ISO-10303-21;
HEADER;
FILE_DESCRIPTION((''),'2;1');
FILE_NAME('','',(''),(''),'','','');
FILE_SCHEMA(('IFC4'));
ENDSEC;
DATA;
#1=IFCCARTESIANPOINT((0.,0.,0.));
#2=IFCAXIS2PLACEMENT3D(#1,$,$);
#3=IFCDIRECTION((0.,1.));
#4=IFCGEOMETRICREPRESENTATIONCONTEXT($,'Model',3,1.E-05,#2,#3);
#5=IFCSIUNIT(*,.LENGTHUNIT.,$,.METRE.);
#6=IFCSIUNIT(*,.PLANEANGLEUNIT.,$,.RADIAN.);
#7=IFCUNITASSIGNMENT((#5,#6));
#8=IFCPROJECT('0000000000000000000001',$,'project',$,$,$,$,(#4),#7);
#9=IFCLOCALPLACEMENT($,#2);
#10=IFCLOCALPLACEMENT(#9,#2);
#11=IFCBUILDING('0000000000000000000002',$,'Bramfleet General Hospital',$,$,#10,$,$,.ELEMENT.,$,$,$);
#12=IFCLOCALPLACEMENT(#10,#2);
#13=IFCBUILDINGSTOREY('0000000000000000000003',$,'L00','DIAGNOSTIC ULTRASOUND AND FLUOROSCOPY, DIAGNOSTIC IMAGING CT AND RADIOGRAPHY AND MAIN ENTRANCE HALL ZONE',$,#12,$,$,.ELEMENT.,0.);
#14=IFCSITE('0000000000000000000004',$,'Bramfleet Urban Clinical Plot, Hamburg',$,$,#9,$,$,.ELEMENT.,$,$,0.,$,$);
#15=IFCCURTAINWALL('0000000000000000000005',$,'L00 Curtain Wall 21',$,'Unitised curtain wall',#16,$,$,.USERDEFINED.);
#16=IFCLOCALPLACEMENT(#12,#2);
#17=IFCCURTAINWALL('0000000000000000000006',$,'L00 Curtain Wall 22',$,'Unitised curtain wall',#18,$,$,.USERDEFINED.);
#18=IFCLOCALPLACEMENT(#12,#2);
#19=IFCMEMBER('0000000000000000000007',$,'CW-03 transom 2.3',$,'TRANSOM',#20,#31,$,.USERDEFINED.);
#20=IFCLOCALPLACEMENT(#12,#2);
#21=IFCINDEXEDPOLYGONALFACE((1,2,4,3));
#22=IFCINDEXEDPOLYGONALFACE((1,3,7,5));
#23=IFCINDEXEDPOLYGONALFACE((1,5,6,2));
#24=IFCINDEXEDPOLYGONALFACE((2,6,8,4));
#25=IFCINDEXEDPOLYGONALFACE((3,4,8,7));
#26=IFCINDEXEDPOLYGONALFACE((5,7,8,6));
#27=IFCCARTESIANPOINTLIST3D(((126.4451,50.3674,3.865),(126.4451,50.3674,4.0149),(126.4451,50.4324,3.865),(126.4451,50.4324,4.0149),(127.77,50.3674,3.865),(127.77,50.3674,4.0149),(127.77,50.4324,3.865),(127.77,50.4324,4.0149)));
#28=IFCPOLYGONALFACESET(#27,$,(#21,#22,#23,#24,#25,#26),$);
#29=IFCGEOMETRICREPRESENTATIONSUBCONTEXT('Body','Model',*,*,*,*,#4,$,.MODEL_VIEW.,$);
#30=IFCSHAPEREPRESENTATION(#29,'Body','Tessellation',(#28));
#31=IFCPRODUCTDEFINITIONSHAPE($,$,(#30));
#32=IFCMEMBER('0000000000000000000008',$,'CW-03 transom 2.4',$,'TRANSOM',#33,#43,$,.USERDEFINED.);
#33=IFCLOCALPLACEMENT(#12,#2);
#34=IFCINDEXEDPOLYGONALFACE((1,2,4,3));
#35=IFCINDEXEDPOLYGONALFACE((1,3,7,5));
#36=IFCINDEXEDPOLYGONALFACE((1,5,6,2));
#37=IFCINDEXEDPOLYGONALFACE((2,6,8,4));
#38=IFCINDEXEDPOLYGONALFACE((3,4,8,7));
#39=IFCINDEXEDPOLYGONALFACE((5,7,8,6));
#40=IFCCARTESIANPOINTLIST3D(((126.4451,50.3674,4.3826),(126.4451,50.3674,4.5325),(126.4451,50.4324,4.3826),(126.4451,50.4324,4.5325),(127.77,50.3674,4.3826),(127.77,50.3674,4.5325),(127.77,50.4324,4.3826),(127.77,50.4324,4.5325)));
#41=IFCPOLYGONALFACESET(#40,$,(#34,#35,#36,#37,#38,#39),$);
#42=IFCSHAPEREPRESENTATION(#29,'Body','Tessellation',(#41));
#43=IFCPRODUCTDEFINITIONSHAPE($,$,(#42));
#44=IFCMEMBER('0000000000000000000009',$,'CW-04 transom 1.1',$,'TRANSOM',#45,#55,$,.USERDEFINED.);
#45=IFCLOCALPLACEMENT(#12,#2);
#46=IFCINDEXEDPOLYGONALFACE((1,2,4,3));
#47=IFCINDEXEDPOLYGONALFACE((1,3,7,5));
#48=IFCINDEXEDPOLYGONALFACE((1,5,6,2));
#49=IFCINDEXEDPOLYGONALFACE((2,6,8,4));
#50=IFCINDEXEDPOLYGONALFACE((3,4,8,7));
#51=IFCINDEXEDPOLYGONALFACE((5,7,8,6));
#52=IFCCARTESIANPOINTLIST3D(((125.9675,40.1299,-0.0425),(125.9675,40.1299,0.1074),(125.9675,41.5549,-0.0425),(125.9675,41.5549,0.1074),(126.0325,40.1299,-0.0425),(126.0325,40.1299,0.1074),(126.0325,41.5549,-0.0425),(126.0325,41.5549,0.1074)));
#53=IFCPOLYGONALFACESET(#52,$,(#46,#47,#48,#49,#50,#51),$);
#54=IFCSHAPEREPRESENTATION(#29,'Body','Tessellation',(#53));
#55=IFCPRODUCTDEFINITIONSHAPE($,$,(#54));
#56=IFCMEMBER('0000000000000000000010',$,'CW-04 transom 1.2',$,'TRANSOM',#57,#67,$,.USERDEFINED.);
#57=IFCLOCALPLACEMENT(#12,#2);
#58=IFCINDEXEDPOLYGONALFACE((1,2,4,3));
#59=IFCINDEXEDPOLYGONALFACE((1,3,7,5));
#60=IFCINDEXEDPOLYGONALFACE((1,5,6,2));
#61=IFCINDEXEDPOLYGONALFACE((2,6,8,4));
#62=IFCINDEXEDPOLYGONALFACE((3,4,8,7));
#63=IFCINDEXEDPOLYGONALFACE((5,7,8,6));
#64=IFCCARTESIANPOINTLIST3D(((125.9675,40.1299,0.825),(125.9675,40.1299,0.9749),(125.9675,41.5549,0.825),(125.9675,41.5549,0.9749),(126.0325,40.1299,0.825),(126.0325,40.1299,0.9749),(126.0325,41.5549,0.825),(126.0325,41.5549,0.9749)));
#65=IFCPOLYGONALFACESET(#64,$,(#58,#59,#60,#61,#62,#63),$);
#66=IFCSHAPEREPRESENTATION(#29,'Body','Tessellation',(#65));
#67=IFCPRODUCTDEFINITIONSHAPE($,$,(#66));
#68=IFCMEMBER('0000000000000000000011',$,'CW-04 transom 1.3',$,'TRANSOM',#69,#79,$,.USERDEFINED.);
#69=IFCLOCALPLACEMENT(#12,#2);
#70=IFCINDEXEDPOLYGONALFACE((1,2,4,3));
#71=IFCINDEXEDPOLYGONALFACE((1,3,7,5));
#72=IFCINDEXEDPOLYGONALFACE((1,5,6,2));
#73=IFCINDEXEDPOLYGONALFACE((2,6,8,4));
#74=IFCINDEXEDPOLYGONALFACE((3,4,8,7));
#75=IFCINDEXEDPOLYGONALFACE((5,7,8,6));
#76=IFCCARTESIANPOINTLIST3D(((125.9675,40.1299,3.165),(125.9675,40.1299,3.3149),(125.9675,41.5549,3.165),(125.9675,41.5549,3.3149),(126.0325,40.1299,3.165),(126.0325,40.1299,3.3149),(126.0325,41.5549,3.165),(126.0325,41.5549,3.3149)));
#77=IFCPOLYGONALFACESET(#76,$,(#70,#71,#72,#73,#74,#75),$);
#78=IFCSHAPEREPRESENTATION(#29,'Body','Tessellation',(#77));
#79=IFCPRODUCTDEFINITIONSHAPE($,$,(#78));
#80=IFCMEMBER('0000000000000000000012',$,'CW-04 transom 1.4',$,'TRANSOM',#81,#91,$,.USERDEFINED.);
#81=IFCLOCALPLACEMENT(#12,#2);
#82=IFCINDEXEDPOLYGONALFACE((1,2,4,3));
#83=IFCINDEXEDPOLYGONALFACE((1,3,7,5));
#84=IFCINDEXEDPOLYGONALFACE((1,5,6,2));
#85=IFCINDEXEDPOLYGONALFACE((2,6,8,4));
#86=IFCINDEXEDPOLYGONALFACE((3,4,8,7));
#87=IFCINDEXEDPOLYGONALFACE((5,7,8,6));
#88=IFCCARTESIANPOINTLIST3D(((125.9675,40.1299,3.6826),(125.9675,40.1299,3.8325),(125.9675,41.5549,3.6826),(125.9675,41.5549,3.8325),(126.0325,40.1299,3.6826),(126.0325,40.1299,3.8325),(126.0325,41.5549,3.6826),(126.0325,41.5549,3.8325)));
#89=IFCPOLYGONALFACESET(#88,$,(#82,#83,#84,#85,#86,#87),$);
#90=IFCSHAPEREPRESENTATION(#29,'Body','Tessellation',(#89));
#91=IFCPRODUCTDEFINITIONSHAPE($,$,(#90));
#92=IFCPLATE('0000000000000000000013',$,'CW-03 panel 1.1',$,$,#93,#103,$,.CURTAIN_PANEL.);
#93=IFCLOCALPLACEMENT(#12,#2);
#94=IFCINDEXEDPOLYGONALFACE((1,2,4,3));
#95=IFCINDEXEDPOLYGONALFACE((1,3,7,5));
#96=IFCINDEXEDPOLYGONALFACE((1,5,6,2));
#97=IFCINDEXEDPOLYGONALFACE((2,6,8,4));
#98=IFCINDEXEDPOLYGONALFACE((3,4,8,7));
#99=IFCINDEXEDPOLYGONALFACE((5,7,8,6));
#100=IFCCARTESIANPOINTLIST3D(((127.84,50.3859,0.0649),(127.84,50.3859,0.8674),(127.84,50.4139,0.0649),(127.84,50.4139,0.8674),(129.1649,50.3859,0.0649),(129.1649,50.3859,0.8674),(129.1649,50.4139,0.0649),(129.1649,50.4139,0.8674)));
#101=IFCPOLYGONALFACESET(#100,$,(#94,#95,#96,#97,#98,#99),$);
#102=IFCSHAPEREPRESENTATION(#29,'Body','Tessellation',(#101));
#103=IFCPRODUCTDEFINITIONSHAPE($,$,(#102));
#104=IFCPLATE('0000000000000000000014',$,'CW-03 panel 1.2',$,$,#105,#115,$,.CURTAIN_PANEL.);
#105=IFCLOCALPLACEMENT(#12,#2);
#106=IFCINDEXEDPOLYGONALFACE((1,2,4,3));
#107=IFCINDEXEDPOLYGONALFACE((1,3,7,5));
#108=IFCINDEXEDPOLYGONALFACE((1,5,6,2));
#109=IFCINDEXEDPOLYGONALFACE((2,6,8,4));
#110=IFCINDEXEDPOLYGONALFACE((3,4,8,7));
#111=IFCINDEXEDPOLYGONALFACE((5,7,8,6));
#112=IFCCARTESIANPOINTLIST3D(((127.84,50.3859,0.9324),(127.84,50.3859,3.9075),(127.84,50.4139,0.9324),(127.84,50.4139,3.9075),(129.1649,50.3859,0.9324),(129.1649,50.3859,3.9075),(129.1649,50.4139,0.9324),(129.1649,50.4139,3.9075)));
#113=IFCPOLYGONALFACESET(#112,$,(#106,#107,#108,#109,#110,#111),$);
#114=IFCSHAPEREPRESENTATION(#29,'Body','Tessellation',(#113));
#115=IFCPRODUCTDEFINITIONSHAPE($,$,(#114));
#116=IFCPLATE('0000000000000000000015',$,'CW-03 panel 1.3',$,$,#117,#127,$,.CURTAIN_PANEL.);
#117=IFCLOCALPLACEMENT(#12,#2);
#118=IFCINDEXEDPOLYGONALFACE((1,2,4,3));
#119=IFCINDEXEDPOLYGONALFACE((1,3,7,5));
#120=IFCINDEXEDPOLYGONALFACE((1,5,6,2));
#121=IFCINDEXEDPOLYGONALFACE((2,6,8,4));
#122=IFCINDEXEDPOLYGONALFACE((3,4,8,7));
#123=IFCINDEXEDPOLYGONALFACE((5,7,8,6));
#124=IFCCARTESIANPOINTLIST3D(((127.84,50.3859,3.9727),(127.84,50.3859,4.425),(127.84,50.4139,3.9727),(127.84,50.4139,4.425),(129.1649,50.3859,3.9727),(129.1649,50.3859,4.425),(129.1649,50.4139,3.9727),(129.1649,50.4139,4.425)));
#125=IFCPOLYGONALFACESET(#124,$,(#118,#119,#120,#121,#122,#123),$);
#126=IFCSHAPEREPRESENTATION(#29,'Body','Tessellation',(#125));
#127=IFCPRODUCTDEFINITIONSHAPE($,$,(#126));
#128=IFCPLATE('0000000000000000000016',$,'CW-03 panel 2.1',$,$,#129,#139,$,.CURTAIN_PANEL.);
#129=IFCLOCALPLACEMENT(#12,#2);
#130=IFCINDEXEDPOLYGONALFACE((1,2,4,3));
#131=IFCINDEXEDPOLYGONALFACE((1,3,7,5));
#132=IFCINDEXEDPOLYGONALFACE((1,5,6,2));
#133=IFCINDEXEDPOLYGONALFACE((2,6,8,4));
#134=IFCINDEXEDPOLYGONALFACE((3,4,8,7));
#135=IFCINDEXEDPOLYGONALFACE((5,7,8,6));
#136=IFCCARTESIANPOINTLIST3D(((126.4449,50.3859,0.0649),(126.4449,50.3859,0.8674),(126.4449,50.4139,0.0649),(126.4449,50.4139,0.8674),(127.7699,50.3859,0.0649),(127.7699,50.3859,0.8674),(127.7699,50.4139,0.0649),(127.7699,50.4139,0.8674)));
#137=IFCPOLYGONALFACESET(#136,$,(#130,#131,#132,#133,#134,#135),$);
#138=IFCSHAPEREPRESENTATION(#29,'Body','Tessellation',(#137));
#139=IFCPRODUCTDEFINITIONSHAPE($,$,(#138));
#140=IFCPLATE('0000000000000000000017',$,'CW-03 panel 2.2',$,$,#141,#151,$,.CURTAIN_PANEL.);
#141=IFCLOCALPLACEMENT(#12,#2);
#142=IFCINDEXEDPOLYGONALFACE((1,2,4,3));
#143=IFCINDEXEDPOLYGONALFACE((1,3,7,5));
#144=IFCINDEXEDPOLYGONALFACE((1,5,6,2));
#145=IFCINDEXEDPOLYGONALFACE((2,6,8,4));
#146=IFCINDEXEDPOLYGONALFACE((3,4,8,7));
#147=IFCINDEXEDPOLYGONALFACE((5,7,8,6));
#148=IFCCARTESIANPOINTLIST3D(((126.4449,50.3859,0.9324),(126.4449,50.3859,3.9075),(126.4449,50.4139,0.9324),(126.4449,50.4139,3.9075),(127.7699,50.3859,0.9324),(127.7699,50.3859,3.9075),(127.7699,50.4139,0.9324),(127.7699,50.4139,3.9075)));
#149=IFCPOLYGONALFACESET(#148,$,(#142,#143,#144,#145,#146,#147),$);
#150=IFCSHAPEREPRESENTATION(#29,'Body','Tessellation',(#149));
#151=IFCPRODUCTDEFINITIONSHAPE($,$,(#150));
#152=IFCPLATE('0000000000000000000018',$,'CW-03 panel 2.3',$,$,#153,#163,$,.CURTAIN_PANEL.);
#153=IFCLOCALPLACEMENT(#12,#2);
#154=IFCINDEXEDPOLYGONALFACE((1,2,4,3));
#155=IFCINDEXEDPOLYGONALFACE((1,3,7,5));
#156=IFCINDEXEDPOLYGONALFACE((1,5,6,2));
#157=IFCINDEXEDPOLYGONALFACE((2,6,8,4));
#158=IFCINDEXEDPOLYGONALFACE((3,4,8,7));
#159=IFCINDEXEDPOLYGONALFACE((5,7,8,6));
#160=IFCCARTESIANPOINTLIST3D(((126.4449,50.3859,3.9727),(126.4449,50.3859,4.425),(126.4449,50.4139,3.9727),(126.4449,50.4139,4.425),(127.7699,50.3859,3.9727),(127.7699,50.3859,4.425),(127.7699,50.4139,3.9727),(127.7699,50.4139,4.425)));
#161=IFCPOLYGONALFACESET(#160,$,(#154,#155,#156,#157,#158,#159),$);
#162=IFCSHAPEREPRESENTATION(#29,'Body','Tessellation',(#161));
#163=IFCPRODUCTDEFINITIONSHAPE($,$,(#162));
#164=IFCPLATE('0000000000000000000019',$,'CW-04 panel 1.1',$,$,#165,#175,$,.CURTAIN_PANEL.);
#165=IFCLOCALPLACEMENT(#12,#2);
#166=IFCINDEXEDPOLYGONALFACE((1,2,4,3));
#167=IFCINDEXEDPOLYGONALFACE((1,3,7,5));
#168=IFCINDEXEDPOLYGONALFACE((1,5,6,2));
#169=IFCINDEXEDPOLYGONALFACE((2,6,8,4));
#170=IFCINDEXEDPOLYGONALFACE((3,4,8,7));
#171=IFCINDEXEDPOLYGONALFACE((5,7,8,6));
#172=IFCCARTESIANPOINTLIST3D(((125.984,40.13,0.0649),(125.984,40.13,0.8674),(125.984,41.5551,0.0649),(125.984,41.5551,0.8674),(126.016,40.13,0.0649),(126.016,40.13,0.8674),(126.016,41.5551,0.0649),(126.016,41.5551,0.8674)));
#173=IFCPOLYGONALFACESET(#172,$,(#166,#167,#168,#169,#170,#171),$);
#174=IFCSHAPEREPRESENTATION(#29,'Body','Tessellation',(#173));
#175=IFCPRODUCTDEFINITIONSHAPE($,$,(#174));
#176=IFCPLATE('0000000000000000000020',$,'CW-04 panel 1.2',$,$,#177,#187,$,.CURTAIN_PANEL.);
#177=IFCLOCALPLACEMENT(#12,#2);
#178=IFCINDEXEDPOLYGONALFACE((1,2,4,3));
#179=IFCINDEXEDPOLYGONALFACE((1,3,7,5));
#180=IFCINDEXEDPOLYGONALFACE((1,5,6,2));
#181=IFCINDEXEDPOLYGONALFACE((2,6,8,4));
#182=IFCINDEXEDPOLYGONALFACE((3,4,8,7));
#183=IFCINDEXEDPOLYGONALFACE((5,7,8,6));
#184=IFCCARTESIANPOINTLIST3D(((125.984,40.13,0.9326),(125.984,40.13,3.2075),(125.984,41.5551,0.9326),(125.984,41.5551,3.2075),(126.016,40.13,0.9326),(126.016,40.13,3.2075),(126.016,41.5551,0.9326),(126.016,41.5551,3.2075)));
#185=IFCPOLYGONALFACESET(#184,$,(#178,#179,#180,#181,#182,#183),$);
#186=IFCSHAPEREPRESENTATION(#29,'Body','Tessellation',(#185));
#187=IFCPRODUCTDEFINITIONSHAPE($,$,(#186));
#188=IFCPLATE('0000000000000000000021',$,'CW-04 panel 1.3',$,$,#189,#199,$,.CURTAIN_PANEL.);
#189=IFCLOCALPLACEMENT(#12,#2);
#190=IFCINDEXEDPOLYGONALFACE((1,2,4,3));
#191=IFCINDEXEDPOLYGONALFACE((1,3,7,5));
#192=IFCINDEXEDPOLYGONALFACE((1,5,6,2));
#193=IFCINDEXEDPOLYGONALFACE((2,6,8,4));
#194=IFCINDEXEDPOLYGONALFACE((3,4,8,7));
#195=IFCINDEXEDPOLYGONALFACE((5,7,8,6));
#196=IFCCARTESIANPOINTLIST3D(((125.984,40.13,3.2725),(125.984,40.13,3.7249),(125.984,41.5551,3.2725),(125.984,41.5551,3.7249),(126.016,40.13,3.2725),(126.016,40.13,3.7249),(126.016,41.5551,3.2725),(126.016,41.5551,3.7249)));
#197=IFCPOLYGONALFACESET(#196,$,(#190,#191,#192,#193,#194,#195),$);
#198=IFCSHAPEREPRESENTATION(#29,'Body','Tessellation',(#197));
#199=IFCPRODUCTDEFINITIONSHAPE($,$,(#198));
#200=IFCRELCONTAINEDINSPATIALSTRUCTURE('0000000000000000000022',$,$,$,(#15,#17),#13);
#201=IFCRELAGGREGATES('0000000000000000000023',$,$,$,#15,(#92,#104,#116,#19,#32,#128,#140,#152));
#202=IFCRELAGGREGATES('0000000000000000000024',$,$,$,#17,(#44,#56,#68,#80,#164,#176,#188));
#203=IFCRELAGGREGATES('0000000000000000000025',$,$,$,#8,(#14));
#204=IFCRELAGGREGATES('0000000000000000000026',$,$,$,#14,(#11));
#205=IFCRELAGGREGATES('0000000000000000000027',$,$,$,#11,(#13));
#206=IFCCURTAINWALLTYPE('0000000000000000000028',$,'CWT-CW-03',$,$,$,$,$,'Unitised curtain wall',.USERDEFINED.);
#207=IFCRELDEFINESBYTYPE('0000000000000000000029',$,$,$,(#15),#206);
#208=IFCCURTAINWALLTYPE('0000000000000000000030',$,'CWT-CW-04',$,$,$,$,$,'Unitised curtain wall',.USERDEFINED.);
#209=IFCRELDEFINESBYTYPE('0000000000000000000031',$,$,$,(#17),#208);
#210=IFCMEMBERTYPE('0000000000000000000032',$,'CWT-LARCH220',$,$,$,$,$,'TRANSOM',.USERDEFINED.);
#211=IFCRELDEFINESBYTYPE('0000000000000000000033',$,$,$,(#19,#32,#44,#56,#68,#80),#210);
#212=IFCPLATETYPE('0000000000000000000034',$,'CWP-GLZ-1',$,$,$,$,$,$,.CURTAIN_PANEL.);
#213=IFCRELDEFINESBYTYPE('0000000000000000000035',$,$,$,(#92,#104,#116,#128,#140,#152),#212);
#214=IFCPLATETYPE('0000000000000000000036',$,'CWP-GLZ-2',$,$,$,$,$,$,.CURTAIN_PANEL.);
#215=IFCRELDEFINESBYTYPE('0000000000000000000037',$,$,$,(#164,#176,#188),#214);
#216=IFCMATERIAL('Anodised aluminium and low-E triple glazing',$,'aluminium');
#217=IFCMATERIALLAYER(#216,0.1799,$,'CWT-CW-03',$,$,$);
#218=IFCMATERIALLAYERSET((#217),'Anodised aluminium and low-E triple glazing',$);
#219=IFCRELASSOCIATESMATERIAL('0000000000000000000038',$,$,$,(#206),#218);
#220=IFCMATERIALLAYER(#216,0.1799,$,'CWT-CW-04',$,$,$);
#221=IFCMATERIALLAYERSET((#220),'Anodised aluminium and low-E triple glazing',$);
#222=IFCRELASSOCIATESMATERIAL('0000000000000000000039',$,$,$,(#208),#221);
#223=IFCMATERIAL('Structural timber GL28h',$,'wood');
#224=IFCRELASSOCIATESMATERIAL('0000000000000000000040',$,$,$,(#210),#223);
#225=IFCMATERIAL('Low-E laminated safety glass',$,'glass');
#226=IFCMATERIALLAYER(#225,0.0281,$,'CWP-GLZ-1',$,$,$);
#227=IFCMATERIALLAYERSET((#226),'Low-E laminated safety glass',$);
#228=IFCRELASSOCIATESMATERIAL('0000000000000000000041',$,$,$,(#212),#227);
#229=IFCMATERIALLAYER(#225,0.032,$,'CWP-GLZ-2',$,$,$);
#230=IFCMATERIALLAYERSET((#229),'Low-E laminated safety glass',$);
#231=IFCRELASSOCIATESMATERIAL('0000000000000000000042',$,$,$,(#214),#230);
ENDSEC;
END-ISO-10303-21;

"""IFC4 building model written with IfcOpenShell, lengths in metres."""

from ifc_helpers import new_model, si_unit, direction, frame, origin, origin_2d, place, context, subcontext, project, spatial, rectangle, extrude, material, layer, layer_set, material_profile, profile_set, type_object, element, aggregate, save


model = new_model("IFC4")

# Units and contexts
model_context = context("Model", 3, precision=1e-05, world=origin(), true_north=direction((0.0, 1.0)))
body_context = subcontext(model_context, "Body", "Model", "MODEL_VIEW")
ifc_project = project(units=[si_unit("LENGTHUNIT", "METRE"), si_unit("PLANEANGLEUNIT", "RADIAN")], contexts=[model_context])

# Site, building, storey
site_placement = place(None, origin())
site = spatial("IfcSite", under=ifc_project, at=site_placement, Name="Bramfleet Urban Clinical Plot, Hamburg", CompositionType="ELEMENT", RefElevation=0.0)
building_placement = place(site_placement, origin())
building = spatial("IfcBuilding", under=site, at=building_placement, Name="Bramfleet General Hospital", CompositionType="ELEMENT")
storey_placement = place(building_placement, origin())
storey = spatial("IfcBuildingStorey", under=building, at=storey_placement, Name="L00", Description="DIAGNOSTIC ULTRASOUND AND FLUOROSCOPY, DIAGNOSTIC IMAGING CT AND RADIOGRAPHY AND MAIN ENTRANCE HALL ZONE", CompositionType="ELEMENT", Elevation=0.0)

# Shared definitions
ifc_material_1 = material(Name="Anodised aluminium and low-E triple glazing", Category="aluminium")
ifc_material_2 = material(Name="Structural timber GL28h", Category="wood")

# Curtain wall
ifc_layer_1 = layer(ifc_material_1, 0.1799, Name="CWT-CW-03")
ifc_layer_set_1 = layer_set([ifc_layer_1], Name="Anodised aluminium and low-E triple glazing")
curtain_wall_type_1 = type_object("IfcCurtainWallType", Name="CWT-CW-03", ElementType="Unitised curtain wall", PredefinedType="USERDEFINED", material=ifc_layer_set_1)
curtain_wall_1_placement = place(storey_placement, origin())
curtain_wall_1 = element("IfcCurtainWall", 1, at=curtain_wall_1_placement, inside=storey, type_object=curtain_wall_type_1, Name="L00 Curtain Wall 21", ObjectType="Unitised curtain wall", PredefinedType="USERDEFINED")

# Curtain wall
ifc_layer_2 = layer(ifc_material_1, 0.1799, Name="CWT-CW-04")
ifc_layer_set_2 = layer_set([ifc_layer_2], Name="Anodised aluminium and low-E triple glazing")
curtain_wall_type_2 = type_object("IfcCurtainWallType", Name="CWT-CW-04", ElementType="Unitised curtain wall", PredefinedType="USERDEFINED", material=ifc_layer_set_2)
curtain_wall_2_placement = place(storey_placement, origin())
curtain_wall_2 = element("IfcCurtainWall", 2, at=curtain_wall_2_placement, inside=storey, type_object=curtain_wall_type_2, Name="L00 Curtain Wall 22", ObjectType="Unitised curtain wall", PredefinedType="USERDEFINED")

# Members
ifc_material_profile_1 = material_profile(ifc_material_2, rectangle(XDim=0.0649, YDim=0.1499, at=origin_2d()), Name="LARCH 150x65")
ifc_profile_set_1 = profile_set([ifc_material_profile_1], Name="Structural timber GL28h")
member_type_1 = type_object("IfcMemberType", Name="CWT-LARCH220", ElementType="TRANSOM", PredefinedType="USERDEFINED", material=ifc_profile_set_1)
member_1_placement = place(storey_placement, frame((127.77, 50.3999, 3.9399), z_axis=(-1.0, 0.0, 0.0), x_axis=(0.0, -1.0, 0.0)))
member_1 = element("IfcMember", 3, at=member_1_placement, type_object=member_type_1, Name="CW-03 transom 2.3", ObjectType="TRANSOM", PredefinedType="USERDEFINED", context=body_context, shape_type="SweptSolid", body=[
    extrude(rectangle(XDim=0.0649, YDim=0.1499, at=origin_2d()), origin(), (0.0, 0.0, 1.0), 1.325),
])
member_2_placement = place(storey_placement, frame((127.77, 50.3999, 4.4575), z_axis=(-1.0, 0.0, 0.0), x_axis=(0.0, -1.0, 0.0)))
member_2 = element("IfcMember", 4, at=member_2_placement, type_object=member_type_1, Name="CW-03 transom 2.4", ObjectType="TRANSOM", PredefinedType="USERDEFINED", context=body_context, shape_type="SweptSolid", body=[
    extrude(rectangle(XDim=0.0649, YDim=0.1499, at=origin_2d()), origin(), (0.0, 0.0, 1.0), 1.325),
])
member_3_placement = place(storey_placement, frame((126.0, 41.5549, 0.0325), z_axis=(0.0, -1.0, 0.0), x_axis=(1.0, 0.0, 0.0)))
member_3 = element("IfcMember", 5, at=member_3_placement, type_object=member_type_1, Name="CW-04 transom 1.1", ObjectType="TRANSOM", PredefinedType="USERDEFINED", context=body_context, shape_type="SweptSolid", body=[
    extrude(rectangle(XDim=0.0649, YDim=0.1499, at=origin_2d()), origin(), (0.0, 0.0, 1.0), 1.425),
])
member_4_placement = place(storey_placement, frame((126.0, 41.5549, 0.8999), z_axis=(0.0, -1.0, 0.0), x_axis=(1.0, 0.0, 0.0)))
member_4 = element("IfcMember", 6, at=member_4_placement, type_object=member_type_1, Name="CW-04 transom 1.2", ObjectType="TRANSOM", PredefinedType="USERDEFINED", context=body_context, shape_type="SweptSolid", body=[
    extrude(rectangle(XDim=0.0649, YDim=0.1499, at=origin_2d()), origin(), (0.0, 0.0, 1.0), 1.425),
])
member_5_placement = place(storey_placement, frame((126.0, 41.5549, 3.24), z_axis=(0.0, -1.0, 0.0), x_axis=(1.0, 0.0, 0.0)))
member_5 = element("IfcMember", 7, at=member_5_placement, type_object=member_type_1, Name="CW-04 transom 1.3", ObjectType="TRANSOM", PredefinedType="USERDEFINED", context=body_context, shape_type="SweptSolid", body=[
    extrude(rectangle(XDim=0.0649, YDim=0.1499, at=origin_2d()), origin(), (0.0, 0.0, 1.0), 1.425),
])
member_6_placement = place(storey_placement, frame((126.0, 41.5549, 3.7576), z_axis=(0.0, -1.0, 0.0), x_axis=(1.0, 0.0, 0.0)))
member_6 = element("IfcMember", 8, at=member_6_placement, type_object=member_type_1, Name="CW-04 transom 1.4", ObjectType="TRANSOM", PredefinedType="USERDEFINED", context=body_context, shape_type="SweptSolid", body=[
    extrude(rectangle(XDim=0.0649, YDim=0.1499, at=origin_2d()), origin(), (0.0, 0.0, 1.0), 1.425),
])

# Plates
ifc_material_3 = material(Name="Low-E laminated safety glass", Category="glass")
ifc_layer_3 = layer(ifc_material_3, 0.0281, Name="CWP-GLZ-1")
ifc_layer_set_3 = layer_set([ifc_layer_3], Name="Low-E laminated safety glass")
plate_type_1 = type_object("IfcPlateType", Name="CWP-GLZ-1", PredefinedType="CURTAIN_PANEL", material=ifc_layer_set_3)
plate_1_placement = place(storey_placement, frame((128.5024, 50.3999, 0.0649), z_axis=(0.0, 0.0, 1.0), x_axis=(-1.0, 0.0, 0.0)))
plate_1 = element("IfcPlate", 9, at=plate_1_placement, type_object=plate_type_1, Name="CW-03 panel 1.1", PredefinedType="CURTAIN_PANEL", context=body_context, shape_type="SweptSolid", body=[
    extrude(rectangle(XDim=1.325, YDim=0.0281, at=origin_2d()), origin(), (0.0, 0.0, 1.0), 0.8025),
])
plate_2_placement = place(storey_placement, frame((128.5024, 50.3999, 0.9324), z_axis=(0.0, 0.0, 1.0), x_axis=(-1.0, 0.0, 0.0)))
plate_2 = element("IfcPlate", 10, at=plate_2_placement, type_object=plate_type_1, Name="CW-03 panel 1.2", PredefinedType="CURTAIN_PANEL", context=body_context, shape_type="SweptSolid", body=[
    extrude(rectangle(XDim=1.325, YDim=0.0281, at=origin_2d()), origin(), (0.0, 0.0, 1.0), 2.9751),
])
plate_3_placement = place(storey_placement, frame((128.5024, 50.3999, 3.9727), z_axis=(0.0, 0.0, 1.0), x_axis=(-1.0, 0.0, 0.0)))
plate_3 = element("IfcPlate", 11, at=plate_3_placement, type_object=plate_type_1, Name="CW-03 panel 1.3", PredefinedType="CURTAIN_PANEL", context=body_context, shape_type="SweptSolid", body=[
    extrude(rectangle(XDim=1.325, YDim=0.0281, at=origin_2d()), origin(), (0.0, 0.0, 1.0), 0.4524),
])
plate_4_placement = place(storey_placement, frame((127.1074, 50.3999, 0.0649), z_axis=(0.0, 0.0, 1.0), x_axis=(-1.0, 0.0, 0.0)))
plate_4 = element("IfcPlate", 12, at=plate_4_placement, type_object=plate_type_1, Name="CW-03 panel 2.1", PredefinedType="CURTAIN_PANEL", context=body_context, shape_type="SweptSolid", body=[
    extrude(rectangle(XDim=1.325, YDim=0.0281, at=origin_2d()), origin(), (0.0, 0.0, 1.0), 0.8025),
])
plate_5_placement = place(storey_placement, frame((127.1074, 50.3999, 0.9324), z_axis=(0.0, 0.0, 1.0), x_axis=(-1.0, 0.0, 0.0)))
plate_5 = element("IfcPlate", 13, at=plate_5_placement, type_object=plate_type_1, Name="CW-03 panel 2.2", PredefinedType="CURTAIN_PANEL", context=body_context, shape_type="SweptSolid", body=[
    extrude(rectangle(XDim=1.325, YDim=0.0281, at=origin_2d()), origin(), (0.0, 0.0, 1.0), 2.9751),
])
plate_6_placement = place(storey_placement, frame((127.1074, 50.3999, 3.9727), z_axis=(0.0, 0.0, 1.0), x_axis=(-1.0, 0.0, 0.0)))
plate_6 = element("IfcPlate", 14, at=plate_6_placement, type_object=plate_type_1, Name="CW-03 panel 2.3", PredefinedType="CURTAIN_PANEL", context=body_context, shape_type="SweptSolid", body=[
    extrude(rectangle(XDim=1.325, YDim=0.0281, at=origin_2d()), origin(), (0.0, 0.0, 1.0), 0.4524),
])
aggregate(curtain_wall_1, [plate_1, plate_2, plate_3, member_1, member_2, plate_4, plate_5, plate_6])
ifc_layer_4 = layer(ifc_material_3, 0.032, Name="CWP-GLZ-2")
ifc_layer_set_4 = layer_set([ifc_layer_4], Name="Low-E laminated safety glass")
plate_type_2 = type_object("IfcPlateType", Name="CWP-GLZ-2", PredefinedType="CURTAIN_PANEL", material=ifc_layer_set_4)
plate_7_placement = place(storey_placement, frame((126.0, 40.8425, 0.0649), z_axis=(0.0, 0.0, 1.0), x_axis=(0.0, -1.0, 0.0)))
plate_7 = element("IfcPlate", 15, at=plate_7_placement, type_object=plate_type_2, Name="CW-04 panel 1.1", PredefinedType="CURTAIN_PANEL", context=body_context, shape_type="SweptSolid", body=[
    extrude(rectangle(XDim=1.425, YDim=0.032, at=origin_2d()), origin(), (0.0, 0.0, 1.0), 0.8025),
])
plate_8_placement = place(storey_placement, frame((126.0, 40.8425, 0.9326), z_axis=(0.0, 0.0, 1.0), x_axis=(0.0, -1.0, 0.0)))
plate_8 = element("IfcPlate", 16, at=plate_8_placement, type_object=plate_type_2, Name="CW-04 panel 1.2", PredefinedType="CURTAIN_PANEL", context=body_context, shape_type="SweptSolid", body=[
    extrude(rectangle(XDim=1.425, YDim=0.032, at=origin_2d()), origin(), (0.0, 0.0, 1.0), 2.2749),
])
plate_9_placement = place(storey_placement, frame((126.0, 40.8425, 3.2725), z_axis=(0.0, 0.0, 1.0), x_axis=(0.0, -1.0, 0.0)))
plate_9 = element("IfcPlate", 17, at=plate_9_placement, type_object=plate_type_2, Name="CW-04 panel 1.3", PredefinedType="CURTAIN_PANEL", context=body_context, shape_type="SweptSolid", body=[
    extrude(rectangle(XDim=1.425, YDim=0.032, at=origin_2d()), origin(), (0.0, 0.0, 1.0), 0.4524),
])
aggregate(curtain_wall_2, [member_3, member_4, member_5, member_6, plate_7, plate_8, plate_9])

save(model, "model.ifc")
